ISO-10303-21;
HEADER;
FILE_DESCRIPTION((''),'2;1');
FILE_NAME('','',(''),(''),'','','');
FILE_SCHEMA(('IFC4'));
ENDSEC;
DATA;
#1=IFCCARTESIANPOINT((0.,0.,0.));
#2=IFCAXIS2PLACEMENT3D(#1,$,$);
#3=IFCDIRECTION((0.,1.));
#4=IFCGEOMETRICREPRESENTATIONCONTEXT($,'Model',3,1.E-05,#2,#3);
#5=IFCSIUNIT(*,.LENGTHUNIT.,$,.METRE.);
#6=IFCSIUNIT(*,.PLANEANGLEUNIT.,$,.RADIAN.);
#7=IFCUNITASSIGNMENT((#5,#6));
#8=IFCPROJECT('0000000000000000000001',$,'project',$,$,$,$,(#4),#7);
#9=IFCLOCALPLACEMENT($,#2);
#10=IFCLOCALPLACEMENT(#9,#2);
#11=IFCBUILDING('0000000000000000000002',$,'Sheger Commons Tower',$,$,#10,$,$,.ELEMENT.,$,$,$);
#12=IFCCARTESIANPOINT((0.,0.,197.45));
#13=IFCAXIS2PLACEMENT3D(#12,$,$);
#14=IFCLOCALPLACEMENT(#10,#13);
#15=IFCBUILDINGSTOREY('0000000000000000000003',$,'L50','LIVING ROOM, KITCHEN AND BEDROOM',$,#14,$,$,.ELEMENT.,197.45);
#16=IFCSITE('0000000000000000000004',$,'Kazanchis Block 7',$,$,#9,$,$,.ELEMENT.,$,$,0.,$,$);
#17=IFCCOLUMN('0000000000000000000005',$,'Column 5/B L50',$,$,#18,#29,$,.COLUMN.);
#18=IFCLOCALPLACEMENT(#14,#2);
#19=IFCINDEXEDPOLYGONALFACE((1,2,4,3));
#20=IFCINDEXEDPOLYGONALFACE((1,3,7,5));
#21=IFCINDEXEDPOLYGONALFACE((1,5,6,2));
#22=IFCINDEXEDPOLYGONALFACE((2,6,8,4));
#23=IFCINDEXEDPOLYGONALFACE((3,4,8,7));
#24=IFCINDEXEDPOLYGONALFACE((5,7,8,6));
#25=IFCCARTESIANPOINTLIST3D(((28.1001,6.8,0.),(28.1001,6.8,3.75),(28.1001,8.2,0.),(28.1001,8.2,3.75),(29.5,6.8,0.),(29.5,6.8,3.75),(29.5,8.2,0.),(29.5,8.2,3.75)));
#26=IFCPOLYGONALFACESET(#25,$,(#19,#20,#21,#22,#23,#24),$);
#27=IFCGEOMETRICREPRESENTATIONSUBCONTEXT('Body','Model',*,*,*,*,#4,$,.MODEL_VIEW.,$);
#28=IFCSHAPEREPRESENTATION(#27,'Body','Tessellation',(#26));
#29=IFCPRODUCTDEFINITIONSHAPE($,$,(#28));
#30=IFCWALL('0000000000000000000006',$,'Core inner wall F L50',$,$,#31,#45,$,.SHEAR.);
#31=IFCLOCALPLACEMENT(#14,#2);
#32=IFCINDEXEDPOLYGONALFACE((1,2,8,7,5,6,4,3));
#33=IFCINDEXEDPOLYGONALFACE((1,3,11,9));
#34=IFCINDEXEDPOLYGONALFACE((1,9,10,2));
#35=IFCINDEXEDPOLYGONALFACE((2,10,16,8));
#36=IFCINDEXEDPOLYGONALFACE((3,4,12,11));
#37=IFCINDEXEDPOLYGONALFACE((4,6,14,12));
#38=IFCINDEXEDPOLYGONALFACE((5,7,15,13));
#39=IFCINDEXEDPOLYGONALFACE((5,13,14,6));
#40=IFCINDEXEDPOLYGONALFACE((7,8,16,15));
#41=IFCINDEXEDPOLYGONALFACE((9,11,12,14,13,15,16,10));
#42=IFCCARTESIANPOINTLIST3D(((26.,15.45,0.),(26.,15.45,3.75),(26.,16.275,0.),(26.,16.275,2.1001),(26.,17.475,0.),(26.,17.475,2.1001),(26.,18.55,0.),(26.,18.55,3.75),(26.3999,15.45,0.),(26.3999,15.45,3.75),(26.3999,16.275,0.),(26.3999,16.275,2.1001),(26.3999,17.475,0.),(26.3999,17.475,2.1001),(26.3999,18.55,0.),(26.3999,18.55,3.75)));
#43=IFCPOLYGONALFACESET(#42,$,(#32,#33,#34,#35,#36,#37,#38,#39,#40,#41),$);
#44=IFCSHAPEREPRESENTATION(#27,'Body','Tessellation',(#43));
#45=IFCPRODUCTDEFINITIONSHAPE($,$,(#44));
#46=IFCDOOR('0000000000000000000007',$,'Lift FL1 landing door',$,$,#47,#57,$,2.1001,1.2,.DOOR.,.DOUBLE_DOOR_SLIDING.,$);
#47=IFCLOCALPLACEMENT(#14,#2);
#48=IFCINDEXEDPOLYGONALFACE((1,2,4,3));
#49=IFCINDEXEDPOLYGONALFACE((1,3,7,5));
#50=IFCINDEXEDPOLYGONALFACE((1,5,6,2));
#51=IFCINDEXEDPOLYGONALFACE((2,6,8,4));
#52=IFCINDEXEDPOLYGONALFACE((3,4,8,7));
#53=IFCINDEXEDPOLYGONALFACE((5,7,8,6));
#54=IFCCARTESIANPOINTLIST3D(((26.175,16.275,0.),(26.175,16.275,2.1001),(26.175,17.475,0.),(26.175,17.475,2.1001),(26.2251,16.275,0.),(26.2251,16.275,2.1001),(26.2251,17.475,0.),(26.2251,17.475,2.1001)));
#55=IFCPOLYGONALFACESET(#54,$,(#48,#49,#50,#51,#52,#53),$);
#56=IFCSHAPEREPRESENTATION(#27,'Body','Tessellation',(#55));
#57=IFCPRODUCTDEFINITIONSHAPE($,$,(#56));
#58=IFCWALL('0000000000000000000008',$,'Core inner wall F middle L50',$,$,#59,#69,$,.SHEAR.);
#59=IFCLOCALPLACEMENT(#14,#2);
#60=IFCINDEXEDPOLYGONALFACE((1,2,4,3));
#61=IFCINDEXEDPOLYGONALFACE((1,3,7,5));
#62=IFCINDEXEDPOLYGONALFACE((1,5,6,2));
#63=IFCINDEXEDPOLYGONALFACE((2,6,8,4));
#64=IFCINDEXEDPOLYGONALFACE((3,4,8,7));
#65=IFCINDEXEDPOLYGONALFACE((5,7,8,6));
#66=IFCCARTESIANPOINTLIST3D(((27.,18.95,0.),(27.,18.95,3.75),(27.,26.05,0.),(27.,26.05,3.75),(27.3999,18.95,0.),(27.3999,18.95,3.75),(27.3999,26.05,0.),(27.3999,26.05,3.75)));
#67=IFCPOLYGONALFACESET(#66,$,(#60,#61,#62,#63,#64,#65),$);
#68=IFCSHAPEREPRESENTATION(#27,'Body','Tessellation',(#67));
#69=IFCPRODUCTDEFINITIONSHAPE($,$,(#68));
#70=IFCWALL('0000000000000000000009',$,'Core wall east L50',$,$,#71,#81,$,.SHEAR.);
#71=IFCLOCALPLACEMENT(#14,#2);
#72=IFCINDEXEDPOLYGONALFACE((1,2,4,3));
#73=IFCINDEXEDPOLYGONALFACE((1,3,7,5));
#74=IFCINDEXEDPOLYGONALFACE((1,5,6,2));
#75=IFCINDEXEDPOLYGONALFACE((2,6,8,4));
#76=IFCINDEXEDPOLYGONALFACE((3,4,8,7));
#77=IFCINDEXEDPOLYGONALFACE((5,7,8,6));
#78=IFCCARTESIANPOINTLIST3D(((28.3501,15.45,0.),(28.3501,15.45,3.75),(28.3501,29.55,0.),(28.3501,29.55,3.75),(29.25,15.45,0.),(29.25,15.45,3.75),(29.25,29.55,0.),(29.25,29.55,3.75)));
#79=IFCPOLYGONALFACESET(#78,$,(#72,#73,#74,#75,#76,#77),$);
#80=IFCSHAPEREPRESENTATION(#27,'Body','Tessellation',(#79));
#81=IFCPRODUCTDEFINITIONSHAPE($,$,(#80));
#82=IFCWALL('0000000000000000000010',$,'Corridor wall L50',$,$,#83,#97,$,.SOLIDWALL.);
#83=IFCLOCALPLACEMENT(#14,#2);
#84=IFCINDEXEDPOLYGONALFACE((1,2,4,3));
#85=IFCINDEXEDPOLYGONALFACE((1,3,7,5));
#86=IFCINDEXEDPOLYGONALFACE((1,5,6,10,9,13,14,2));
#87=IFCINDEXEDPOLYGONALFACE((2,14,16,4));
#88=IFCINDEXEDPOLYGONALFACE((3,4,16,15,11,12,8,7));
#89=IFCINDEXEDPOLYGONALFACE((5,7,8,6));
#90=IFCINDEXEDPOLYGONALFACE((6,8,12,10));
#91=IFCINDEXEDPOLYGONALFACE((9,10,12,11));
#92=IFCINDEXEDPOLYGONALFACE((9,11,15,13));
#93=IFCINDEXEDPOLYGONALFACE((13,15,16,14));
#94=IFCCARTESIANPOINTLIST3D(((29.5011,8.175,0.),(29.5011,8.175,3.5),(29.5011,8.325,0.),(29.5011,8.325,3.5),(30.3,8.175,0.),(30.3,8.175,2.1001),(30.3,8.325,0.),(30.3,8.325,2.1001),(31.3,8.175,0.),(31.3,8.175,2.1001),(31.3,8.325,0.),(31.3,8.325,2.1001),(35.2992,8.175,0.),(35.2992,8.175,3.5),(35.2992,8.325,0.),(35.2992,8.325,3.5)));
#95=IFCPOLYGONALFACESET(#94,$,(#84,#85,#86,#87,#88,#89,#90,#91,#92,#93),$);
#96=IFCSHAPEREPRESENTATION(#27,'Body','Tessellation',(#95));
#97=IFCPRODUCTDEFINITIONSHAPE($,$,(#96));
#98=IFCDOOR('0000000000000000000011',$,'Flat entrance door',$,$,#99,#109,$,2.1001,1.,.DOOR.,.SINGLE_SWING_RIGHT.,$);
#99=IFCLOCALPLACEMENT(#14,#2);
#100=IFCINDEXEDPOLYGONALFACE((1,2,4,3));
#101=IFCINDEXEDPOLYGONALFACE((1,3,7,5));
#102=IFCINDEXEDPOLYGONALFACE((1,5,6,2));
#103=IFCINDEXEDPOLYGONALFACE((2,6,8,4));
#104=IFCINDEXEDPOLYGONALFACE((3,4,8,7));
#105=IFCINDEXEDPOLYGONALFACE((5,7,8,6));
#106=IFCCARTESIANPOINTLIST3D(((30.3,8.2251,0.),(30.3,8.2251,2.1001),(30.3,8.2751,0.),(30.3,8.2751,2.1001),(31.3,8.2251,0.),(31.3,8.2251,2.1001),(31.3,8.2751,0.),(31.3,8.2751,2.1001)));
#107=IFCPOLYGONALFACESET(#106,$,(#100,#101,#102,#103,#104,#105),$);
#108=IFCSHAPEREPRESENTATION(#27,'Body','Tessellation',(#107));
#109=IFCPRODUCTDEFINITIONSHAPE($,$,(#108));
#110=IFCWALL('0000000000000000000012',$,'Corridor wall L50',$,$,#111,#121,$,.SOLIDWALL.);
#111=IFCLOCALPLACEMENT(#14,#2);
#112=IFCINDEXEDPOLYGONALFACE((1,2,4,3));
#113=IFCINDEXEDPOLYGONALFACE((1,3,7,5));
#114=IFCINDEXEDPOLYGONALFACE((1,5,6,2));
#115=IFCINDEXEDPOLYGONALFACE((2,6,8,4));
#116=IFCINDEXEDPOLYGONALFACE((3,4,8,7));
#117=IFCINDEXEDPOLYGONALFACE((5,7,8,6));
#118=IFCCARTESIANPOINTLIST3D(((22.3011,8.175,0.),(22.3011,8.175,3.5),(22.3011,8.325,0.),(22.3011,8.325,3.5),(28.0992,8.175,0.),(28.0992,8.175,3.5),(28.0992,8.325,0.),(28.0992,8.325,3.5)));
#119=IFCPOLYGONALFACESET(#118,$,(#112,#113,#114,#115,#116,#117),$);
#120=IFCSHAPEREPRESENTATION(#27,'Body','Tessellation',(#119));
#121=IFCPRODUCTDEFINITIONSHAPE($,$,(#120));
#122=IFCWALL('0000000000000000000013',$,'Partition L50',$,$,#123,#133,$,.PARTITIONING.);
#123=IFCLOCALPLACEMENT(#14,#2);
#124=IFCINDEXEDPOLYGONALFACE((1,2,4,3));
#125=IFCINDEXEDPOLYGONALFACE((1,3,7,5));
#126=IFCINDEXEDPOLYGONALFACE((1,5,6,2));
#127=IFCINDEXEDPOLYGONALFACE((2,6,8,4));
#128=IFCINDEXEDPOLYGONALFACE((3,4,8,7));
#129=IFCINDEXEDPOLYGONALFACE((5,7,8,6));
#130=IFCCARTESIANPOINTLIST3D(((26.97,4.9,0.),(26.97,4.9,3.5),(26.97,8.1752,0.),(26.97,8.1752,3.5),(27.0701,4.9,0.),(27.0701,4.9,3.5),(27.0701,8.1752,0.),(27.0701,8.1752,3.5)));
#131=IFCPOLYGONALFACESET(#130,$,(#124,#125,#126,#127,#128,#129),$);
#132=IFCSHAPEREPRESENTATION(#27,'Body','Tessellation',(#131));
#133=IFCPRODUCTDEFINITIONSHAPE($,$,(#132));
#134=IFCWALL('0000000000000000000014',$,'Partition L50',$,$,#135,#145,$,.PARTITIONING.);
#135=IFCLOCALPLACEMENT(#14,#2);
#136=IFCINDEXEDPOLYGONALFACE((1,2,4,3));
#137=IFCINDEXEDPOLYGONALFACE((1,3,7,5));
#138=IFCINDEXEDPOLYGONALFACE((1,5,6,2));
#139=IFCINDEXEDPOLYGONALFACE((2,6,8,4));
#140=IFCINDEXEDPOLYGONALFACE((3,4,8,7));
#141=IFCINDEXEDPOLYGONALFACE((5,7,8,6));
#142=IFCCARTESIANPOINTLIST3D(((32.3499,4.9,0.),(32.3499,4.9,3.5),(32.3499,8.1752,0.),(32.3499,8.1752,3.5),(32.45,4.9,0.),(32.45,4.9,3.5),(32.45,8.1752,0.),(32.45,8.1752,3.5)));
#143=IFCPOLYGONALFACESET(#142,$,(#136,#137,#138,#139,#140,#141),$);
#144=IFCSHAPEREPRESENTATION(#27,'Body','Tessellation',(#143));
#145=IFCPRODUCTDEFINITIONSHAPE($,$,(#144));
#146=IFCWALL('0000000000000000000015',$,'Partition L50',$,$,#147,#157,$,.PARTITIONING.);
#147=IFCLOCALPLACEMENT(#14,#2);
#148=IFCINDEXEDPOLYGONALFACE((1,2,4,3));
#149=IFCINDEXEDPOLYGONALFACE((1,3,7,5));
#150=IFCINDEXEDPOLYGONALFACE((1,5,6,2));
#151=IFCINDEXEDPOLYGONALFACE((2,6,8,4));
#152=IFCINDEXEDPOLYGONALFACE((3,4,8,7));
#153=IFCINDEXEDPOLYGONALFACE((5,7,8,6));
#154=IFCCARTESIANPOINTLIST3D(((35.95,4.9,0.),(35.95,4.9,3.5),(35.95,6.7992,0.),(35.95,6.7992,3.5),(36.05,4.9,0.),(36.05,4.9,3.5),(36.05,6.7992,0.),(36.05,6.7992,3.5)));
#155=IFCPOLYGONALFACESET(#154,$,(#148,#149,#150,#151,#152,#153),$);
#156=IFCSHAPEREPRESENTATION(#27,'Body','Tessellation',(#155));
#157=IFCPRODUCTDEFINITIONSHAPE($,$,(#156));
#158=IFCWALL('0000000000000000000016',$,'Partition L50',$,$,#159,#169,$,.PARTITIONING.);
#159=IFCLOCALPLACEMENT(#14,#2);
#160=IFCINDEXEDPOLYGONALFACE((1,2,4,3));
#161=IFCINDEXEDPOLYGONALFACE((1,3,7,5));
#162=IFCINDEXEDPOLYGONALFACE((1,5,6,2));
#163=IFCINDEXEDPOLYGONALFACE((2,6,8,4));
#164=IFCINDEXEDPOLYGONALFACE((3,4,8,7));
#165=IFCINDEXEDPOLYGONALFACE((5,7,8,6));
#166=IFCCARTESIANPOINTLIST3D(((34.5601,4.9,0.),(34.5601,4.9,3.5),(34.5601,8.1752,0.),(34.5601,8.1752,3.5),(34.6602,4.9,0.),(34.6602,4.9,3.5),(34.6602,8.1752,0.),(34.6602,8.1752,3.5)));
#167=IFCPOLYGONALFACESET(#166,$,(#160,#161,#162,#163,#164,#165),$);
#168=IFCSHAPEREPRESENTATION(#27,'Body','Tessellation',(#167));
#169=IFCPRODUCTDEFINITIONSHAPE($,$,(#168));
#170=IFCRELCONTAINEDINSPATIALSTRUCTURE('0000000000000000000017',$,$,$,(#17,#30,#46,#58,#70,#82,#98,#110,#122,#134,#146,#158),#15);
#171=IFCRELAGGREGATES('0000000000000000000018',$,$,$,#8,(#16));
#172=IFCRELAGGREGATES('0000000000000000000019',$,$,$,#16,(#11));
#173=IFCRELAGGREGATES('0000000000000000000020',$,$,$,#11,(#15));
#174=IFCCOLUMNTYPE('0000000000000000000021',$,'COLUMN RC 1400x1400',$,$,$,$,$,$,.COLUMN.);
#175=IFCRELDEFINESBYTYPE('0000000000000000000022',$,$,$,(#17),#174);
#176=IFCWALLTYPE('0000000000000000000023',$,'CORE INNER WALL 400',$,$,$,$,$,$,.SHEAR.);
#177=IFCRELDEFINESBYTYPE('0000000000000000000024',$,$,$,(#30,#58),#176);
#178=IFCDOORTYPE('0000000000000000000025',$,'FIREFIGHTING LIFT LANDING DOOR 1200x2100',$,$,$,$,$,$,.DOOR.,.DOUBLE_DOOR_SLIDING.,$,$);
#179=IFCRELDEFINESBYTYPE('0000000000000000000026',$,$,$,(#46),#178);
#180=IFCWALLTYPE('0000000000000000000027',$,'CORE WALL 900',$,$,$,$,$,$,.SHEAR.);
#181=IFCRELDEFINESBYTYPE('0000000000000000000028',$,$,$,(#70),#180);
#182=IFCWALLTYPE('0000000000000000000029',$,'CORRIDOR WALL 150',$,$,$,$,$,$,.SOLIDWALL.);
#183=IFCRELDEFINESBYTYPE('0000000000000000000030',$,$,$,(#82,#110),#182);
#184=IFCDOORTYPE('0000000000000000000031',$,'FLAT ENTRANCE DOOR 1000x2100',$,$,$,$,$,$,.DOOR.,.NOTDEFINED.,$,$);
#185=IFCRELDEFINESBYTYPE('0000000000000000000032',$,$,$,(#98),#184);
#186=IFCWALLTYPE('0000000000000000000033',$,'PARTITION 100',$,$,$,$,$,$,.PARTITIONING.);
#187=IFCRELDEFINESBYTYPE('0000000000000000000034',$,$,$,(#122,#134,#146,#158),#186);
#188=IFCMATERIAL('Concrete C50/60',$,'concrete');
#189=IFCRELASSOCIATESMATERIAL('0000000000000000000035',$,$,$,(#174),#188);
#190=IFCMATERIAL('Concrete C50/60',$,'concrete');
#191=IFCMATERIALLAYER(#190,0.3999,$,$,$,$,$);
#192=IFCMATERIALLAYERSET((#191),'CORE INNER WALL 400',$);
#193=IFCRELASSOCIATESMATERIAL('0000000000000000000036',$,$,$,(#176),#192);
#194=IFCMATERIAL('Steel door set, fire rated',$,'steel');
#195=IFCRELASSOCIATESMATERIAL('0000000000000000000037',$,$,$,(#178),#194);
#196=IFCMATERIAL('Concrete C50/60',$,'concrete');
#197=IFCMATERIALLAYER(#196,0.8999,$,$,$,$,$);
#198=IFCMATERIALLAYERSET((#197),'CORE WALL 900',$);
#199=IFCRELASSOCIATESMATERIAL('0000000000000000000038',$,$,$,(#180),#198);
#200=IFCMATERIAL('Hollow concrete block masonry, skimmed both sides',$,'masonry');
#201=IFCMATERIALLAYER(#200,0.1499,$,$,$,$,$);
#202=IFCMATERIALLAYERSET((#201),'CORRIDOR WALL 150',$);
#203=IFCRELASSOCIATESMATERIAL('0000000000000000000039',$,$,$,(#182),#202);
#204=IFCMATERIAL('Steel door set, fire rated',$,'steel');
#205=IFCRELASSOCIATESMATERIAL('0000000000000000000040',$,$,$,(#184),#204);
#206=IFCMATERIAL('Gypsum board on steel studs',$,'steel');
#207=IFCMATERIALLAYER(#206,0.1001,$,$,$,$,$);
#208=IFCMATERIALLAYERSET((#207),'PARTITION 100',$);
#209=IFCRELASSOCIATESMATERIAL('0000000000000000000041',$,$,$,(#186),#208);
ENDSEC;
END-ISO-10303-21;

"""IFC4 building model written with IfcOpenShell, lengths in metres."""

from ifc_helpers import new_model, si_unit, direction, frame, frame_2d, origin, origin_2d, place, context, subcontext, project, spatial, rectangle, extrude, material, layer, layer_set, material_profile, profile_set, type_object, element, fill, save


model = new_model("IFC4")

# Units and contexts
model_context = context("Model", 3, precision=1e-05, world=origin(), true_north=direction((0.0, 1.0)))
body_context = subcontext(model_context, "Body", "Model", "MODEL_VIEW")
ifc_project = project(units=[si_unit("LENGTHUNIT", "METRE"), si_unit("PLANEANGLEUNIT", "RADIAN")], contexts=[model_context])

# Site, building, storey
site_placement = place(None, origin())
site = spatial("IfcSite", under=ifc_project, at=site_placement, Name="Kazanchis Block 7", CompositionType="ELEMENT", RefElevation=0.0)
building_placement = place(site_placement, origin())
building = spatial("IfcBuilding", under=site, at=building_placement, Name="Sheger Commons Tower", CompositionType="ELEMENT")
storey_placement = place(building_placement, frame((0.0, 0.0, 197.45)))
storey = spatial("IfcBuildingStorey", under=building, at=storey_placement, Name="L50", Description="LIVING ROOM, KITCHEN AND BEDROOM", CompositionType="ELEMENT", Elevation=197.45)

# Column
ifc_material_1 = material(Name="Concrete C50/60", Category="concrete")
ifc_material_profile = material_profile(ifc_material_1, rectangle(XDim=1.3999, YDim=1.3999, at=origin_2d()), Name="RC 1400x1400")
ifc_profile_set = profile_set([ifc_material_profile], Name="Concrete C50/60")
column_type = type_object("IfcColumnType", Name="COLUMN RC 1400x1400", PredefinedType="COLUMN", material=ifc_profile_set)
column_placement = place(storey_placement, frame((28.8, 7.5, 0.0), z_axis=(0.0, 0.0, 1.0), x_axis=(1.0, 0.0, 0.0)))
element("IfcColumn", 1, at=column_placement, inside=storey, type_object=column_type, Name="Column 5/B L50", PredefinedType="COLUMN", context=body_context, shape_type="SweptSolid", body=[
    extrude(rectangle(XDim=1.3999, YDim=1.3999, at=origin_2d()), origin(), (0.0, 0.0, 1.0), 3.75),
])

# Wall, opening, door
ifc_material_2 = material(Name="Concrete C50/60", Category="concrete")
ifc_layer_1 = layer(ifc_material_2, 0.3999)
ifc_layer_set_1 = layer_set([ifc_layer_1], Name="CORE INNER WALL 400")
wall_type_1 = type_object("IfcWallType", Name="CORE INNER WALL 400", PredefinedType="SHEAR", material=ifc_layer_set_1)
wall_1_placement = place(storey_placement, frame((26.2, 15.45, 0.0), z_axis=(0.0, 0.0, 1.0), x_axis=(0.0, 1.0, 0.0)))
wall_1 = element("IfcWall", 2, at=wall_1_placement, inside=storey, type_object=wall_type_1, Name="Core inner wall F L50", PredefinedType="SHEAR", context=body_context, shape_type="SweptSolid", body=[
    extrude(rectangle(XDim=3.1001, YDim=0.3999, at=frame_2d((1.55, 0.0))), origin(), (0.0, 0.0, 1.0), 3.75),
])
opening_1_placement = place(wall_1_placement, frame((0.825, 0.0, 0.0)))
opening_1 = element("IfcOpeningElement", 3, at=opening_1_placement, cuts=wall_1, PredefinedType="OPENING", context=body_context, shape_type="SweptSolid", body=[
    extrude(rectangle(XDim=1.2, YDim=2.1001, at=frame_2d((0.6001, 1.05))), frame((0.0, 0.21, 0.0), z_axis=(0.0, -1.0, 0.0), x_axis=(1.0, 0.0, 0.0)), (0.0, 0.0, 1.0), 0.4199),
])
ifc_material_3 = material(Name="Steel door set, fire rated", Category="steel")
door_type_1 = type_object("IfcDoorType", Name="FIREFIGHTING LIFT LANDING DOOR 1200x2100", OperationType="DOUBLE_DOOR_SLIDING", PredefinedType="DOOR", material=ifc_material_3)
door_1_placement = place(opening_1_placement, origin())
door_1 = element("IfcDoor", 4, at=door_1_placement, inside=storey, type_object=door_type_1, Name="Lift FL1 landing door", OperationType="DOUBLE_DOOR_SLIDING", OverallHeight=2.1001, OverallWidth=1.2, PredefinedType="DOOR", context=body_context, shape_type="SweptSolid", body=[
    extrude(rectangle(XDim=1.2, YDim=2.1001, at=frame_2d((0.6001, 1.05))), frame((0.0, 0.0249, 0.0), z_axis=(0.0, -1.0, 0.0), x_axis=(1.0, 0.0, 0.0)), (0.0, 0.0, 1.0), 0.05),
])
fill(opening_1, door_1)

# Walls
wall_2_placement = place(storey_placement, frame((27.2, 18.95, 0.0), z_axis=(0.0, 0.0, 1.0), x_axis=(0.0, 1.0, 0.0)))
element("IfcWall", 5, at=wall_2_placement, inside=storey, type_object=wall_type_1, Name="Core inner wall F middle L50", PredefinedType="SHEAR", context=body_context, shape_type="SweptSolid", body=[
    extrude(rectangle(XDim=7.1001, YDim=0.3999, at=frame_2d((3.55, 0.0))), origin(), (0.0, 0.0, 1.0), 3.75),
])
ifc_material_4 = material(Name="Concrete C50/60", Category="concrete")
ifc_layer_2 = layer(ifc_material_4, 0.8999)
ifc_layer_set_2 = layer_set([ifc_layer_2], Name="CORE WALL 900")
wall_type_2 = type_object("IfcWallType", Name="CORE WALL 900", PredefinedType="SHEAR", material=ifc_layer_set_2)
wall_3_placement = place(storey_placement, frame((28.8, 15.45, 0.0), z_axis=(0.0, 0.0, 1.0), x_axis=(0.0, 1.0, 0.0)))
element("IfcWall", 6, at=wall_3_placement, inside=storey, type_object=wall_type_2, Name="Core wall east L50", PredefinedType="SHEAR", context=body_context, shape_type="SweptSolid", body=[
    extrude(rectangle(XDim=14.1001, YDim=0.8999, at=frame_2d((7.05, 0.0))), origin(), (0.0, 0.0, 1.0), 3.75),
])

# Wall, opening, door
ifc_material_5 = material(Name="Hollow concrete block masonry, skimmed both sides", Category="masonry")
ifc_layer_3 = layer(ifc_material_5, 0.1499)
ifc_layer_set_3 = layer_set([ifc_layer_3], Name="CORRIDOR WALL 150")
wall_type_3 = type_object("IfcWallType", Name="CORRIDOR WALL 150", PredefinedType="SOLIDWALL", material=ifc_layer_set_3)
wall_4_placement = place(storey_placement, frame((35.2991, 8.25, 0.0), z_axis=(0.0, 0.0, 1.0), x_axis=(-1.0, 0.0, 0.0)))
wall_4 = element("IfcWall", 7, at=wall_4_placement, inside=storey, type_object=wall_type_3, Name="Corridor wall L50", PredefinedType="SOLIDWALL", context=body_context, shape_type="SweptSolid", body=[
    extrude(rectangle(XDim=5.7981, YDim=0.1499, at=frame_2d((2.8989, 0.0))), origin(), (0.0, 0.0, 1.0), 3.5),
])
opening_2_placement = place(wall_4_placement, frame((3.999, 0.0, 0.0)))
opening_2 = element("IfcOpeningElement", 8, at=opening_2_placement, cuts=wall_4, PredefinedType="OPENING", context=body_context, shape_type="SweptSolid", body=[
    extrude(rectangle(XDim=1.0, YDim=2.1001, at=frame_2d((0.5, 1.05))), frame((0.0, 0.085, 0.0), z_axis=(0.0, -1.0, 0.0), x_axis=(1.0, 0.0, 0.0)), (0.0, 0.0, 1.0), 0.1699),
])
ifc_material_6 = material(Name="Steel door set, fire rated", Category="steel")
door_type_2 = type_object("IfcDoorType", Name="FLAT ENTRANCE DOOR 1000x2100", OperationType="NOTDEFINED", PredefinedType="DOOR", material=ifc_material_6)
door_2_placement = place(opening_2_placement, origin())
door_2 = element("IfcDoor", 9, at=door_2_placement, inside=storey, type_object=door_type_2, Name="Flat entrance door", OperationType="SINGLE_SWING_RIGHT", OverallHeight=2.1001, OverallWidth=1.0, PredefinedType="DOOR", context=body_context, shape_type="SweptSolid", body=[
    extrude(rectangle(XDim=1.0, YDim=2.1001, at=frame_2d((0.5, 1.05))), frame((0.0, 0.0249, 0.0), z_axis=(0.0, -1.0, 0.0), x_axis=(1.0, 0.0, 0.0)), (0.0, 0.0, 1.0), 0.05),
])
fill(opening_2, door_2)

# Walls
wall_5_placement = place(storey_placement, frame((28.0991, 8.25, 0.0), z_axis=(0.0, 0.0, 1.0), x_axis=(-1.0, 0.0, 0.0)))
element("IfcWall", 10, at=wall_5_placement, inside=storey, type_object=wall_type_3, Name="Corridor wall L50", PredefinedType="SOLIDWALL", context=body_context, shape_type="SweptSolid", body=[
    extrude(rectangle(XDim=5.7981, YDim=0.1499, at=frame_2d((2.8989, 0.0))), origin(), (0.0, 0.0, 1.0), 3.5),
])
ifc_material_7 = material(Name="Gypsum board on steel studs", Category="steel")
ifc_layer_4 = layer(ifc_material_7, 0.1001)
ifc_layer_set_4 = layer_set([ifc_layer_4], Name="PARTITION 100")
wall_type_4 = type_object("IfcWallType", Name="PARTITION 100", PredefinedType="PARTITIONING", material=ifc_layer_set_4)
for number, where, z_axis, x_axis, name in (
    (11, (27.02, 4.8999, 0.0), (0.0, 0.0, 1.0), (0.0, 1.0, 0.0), "Partition L50"),
    (12, (32.3999, 4.8999, 0.0), (0.0, 0.0, 1.0), (0.0, 1.0, 0.0), "Partition L50"),
):
    element("IfcWall", number, at=place(storey_placement, frame(where, z_axis=z_axis, x_axis=x_axis)), inside=storey, type_object=wall_type_4, Name=name, PredefinedType="PARTITIONING", context=body_context, shape_type="SweptSolid", body=[
        extrude(rectangle(XDim=3.2751, YDim=0.1001, at=frame_2d((1.6377, 0.0))), origin(), (0.0, 0.0, 1.0), 3.5),
    ])
wall_6_placement = place(storey_placement, frame((36.0, 4.8999, 0.0), z_axis=(0.0, 0.0, 1.0), x_axis=(0.0, 1.0, 0.0)))
element("IfcWall", 13, at=wall_6_placement, inside=storey, type_object=wall_type_4, Name="Partition L50", PredefinedType="PARTITIONING", context=body_context, shape_type="SweptSolid", body=[
    extrude(rectangle(XDim=1.8992, YDim=0.1001, at=frame_2d((0.9497, 0.0))), origin(), (0.0, 0.0, 1.0), 3.5),
])
wall_7_placement = place(storey_placement, frame((34.6101, 4.8999, 0.0), z_axis=(0.0, 0.0, 1.0), x_axis=(0.0, 1.0, 0.0)))
element("IfcWall", 14, at=wall_7_placement, inside=storey, type_object=wall_type_4, Name="Partition L50", PredefinedType="PARTITIONING", context=body_context, shape_type="SweptSolid", body=[
    extrude(rectangle(XDim=3.2751, YDim=0.1001, at=frame_2d((1.6377, 0.0))), origin(), (0.0, 0.0, 1.0), 3.5),
])

save(model, "model.ifc")
